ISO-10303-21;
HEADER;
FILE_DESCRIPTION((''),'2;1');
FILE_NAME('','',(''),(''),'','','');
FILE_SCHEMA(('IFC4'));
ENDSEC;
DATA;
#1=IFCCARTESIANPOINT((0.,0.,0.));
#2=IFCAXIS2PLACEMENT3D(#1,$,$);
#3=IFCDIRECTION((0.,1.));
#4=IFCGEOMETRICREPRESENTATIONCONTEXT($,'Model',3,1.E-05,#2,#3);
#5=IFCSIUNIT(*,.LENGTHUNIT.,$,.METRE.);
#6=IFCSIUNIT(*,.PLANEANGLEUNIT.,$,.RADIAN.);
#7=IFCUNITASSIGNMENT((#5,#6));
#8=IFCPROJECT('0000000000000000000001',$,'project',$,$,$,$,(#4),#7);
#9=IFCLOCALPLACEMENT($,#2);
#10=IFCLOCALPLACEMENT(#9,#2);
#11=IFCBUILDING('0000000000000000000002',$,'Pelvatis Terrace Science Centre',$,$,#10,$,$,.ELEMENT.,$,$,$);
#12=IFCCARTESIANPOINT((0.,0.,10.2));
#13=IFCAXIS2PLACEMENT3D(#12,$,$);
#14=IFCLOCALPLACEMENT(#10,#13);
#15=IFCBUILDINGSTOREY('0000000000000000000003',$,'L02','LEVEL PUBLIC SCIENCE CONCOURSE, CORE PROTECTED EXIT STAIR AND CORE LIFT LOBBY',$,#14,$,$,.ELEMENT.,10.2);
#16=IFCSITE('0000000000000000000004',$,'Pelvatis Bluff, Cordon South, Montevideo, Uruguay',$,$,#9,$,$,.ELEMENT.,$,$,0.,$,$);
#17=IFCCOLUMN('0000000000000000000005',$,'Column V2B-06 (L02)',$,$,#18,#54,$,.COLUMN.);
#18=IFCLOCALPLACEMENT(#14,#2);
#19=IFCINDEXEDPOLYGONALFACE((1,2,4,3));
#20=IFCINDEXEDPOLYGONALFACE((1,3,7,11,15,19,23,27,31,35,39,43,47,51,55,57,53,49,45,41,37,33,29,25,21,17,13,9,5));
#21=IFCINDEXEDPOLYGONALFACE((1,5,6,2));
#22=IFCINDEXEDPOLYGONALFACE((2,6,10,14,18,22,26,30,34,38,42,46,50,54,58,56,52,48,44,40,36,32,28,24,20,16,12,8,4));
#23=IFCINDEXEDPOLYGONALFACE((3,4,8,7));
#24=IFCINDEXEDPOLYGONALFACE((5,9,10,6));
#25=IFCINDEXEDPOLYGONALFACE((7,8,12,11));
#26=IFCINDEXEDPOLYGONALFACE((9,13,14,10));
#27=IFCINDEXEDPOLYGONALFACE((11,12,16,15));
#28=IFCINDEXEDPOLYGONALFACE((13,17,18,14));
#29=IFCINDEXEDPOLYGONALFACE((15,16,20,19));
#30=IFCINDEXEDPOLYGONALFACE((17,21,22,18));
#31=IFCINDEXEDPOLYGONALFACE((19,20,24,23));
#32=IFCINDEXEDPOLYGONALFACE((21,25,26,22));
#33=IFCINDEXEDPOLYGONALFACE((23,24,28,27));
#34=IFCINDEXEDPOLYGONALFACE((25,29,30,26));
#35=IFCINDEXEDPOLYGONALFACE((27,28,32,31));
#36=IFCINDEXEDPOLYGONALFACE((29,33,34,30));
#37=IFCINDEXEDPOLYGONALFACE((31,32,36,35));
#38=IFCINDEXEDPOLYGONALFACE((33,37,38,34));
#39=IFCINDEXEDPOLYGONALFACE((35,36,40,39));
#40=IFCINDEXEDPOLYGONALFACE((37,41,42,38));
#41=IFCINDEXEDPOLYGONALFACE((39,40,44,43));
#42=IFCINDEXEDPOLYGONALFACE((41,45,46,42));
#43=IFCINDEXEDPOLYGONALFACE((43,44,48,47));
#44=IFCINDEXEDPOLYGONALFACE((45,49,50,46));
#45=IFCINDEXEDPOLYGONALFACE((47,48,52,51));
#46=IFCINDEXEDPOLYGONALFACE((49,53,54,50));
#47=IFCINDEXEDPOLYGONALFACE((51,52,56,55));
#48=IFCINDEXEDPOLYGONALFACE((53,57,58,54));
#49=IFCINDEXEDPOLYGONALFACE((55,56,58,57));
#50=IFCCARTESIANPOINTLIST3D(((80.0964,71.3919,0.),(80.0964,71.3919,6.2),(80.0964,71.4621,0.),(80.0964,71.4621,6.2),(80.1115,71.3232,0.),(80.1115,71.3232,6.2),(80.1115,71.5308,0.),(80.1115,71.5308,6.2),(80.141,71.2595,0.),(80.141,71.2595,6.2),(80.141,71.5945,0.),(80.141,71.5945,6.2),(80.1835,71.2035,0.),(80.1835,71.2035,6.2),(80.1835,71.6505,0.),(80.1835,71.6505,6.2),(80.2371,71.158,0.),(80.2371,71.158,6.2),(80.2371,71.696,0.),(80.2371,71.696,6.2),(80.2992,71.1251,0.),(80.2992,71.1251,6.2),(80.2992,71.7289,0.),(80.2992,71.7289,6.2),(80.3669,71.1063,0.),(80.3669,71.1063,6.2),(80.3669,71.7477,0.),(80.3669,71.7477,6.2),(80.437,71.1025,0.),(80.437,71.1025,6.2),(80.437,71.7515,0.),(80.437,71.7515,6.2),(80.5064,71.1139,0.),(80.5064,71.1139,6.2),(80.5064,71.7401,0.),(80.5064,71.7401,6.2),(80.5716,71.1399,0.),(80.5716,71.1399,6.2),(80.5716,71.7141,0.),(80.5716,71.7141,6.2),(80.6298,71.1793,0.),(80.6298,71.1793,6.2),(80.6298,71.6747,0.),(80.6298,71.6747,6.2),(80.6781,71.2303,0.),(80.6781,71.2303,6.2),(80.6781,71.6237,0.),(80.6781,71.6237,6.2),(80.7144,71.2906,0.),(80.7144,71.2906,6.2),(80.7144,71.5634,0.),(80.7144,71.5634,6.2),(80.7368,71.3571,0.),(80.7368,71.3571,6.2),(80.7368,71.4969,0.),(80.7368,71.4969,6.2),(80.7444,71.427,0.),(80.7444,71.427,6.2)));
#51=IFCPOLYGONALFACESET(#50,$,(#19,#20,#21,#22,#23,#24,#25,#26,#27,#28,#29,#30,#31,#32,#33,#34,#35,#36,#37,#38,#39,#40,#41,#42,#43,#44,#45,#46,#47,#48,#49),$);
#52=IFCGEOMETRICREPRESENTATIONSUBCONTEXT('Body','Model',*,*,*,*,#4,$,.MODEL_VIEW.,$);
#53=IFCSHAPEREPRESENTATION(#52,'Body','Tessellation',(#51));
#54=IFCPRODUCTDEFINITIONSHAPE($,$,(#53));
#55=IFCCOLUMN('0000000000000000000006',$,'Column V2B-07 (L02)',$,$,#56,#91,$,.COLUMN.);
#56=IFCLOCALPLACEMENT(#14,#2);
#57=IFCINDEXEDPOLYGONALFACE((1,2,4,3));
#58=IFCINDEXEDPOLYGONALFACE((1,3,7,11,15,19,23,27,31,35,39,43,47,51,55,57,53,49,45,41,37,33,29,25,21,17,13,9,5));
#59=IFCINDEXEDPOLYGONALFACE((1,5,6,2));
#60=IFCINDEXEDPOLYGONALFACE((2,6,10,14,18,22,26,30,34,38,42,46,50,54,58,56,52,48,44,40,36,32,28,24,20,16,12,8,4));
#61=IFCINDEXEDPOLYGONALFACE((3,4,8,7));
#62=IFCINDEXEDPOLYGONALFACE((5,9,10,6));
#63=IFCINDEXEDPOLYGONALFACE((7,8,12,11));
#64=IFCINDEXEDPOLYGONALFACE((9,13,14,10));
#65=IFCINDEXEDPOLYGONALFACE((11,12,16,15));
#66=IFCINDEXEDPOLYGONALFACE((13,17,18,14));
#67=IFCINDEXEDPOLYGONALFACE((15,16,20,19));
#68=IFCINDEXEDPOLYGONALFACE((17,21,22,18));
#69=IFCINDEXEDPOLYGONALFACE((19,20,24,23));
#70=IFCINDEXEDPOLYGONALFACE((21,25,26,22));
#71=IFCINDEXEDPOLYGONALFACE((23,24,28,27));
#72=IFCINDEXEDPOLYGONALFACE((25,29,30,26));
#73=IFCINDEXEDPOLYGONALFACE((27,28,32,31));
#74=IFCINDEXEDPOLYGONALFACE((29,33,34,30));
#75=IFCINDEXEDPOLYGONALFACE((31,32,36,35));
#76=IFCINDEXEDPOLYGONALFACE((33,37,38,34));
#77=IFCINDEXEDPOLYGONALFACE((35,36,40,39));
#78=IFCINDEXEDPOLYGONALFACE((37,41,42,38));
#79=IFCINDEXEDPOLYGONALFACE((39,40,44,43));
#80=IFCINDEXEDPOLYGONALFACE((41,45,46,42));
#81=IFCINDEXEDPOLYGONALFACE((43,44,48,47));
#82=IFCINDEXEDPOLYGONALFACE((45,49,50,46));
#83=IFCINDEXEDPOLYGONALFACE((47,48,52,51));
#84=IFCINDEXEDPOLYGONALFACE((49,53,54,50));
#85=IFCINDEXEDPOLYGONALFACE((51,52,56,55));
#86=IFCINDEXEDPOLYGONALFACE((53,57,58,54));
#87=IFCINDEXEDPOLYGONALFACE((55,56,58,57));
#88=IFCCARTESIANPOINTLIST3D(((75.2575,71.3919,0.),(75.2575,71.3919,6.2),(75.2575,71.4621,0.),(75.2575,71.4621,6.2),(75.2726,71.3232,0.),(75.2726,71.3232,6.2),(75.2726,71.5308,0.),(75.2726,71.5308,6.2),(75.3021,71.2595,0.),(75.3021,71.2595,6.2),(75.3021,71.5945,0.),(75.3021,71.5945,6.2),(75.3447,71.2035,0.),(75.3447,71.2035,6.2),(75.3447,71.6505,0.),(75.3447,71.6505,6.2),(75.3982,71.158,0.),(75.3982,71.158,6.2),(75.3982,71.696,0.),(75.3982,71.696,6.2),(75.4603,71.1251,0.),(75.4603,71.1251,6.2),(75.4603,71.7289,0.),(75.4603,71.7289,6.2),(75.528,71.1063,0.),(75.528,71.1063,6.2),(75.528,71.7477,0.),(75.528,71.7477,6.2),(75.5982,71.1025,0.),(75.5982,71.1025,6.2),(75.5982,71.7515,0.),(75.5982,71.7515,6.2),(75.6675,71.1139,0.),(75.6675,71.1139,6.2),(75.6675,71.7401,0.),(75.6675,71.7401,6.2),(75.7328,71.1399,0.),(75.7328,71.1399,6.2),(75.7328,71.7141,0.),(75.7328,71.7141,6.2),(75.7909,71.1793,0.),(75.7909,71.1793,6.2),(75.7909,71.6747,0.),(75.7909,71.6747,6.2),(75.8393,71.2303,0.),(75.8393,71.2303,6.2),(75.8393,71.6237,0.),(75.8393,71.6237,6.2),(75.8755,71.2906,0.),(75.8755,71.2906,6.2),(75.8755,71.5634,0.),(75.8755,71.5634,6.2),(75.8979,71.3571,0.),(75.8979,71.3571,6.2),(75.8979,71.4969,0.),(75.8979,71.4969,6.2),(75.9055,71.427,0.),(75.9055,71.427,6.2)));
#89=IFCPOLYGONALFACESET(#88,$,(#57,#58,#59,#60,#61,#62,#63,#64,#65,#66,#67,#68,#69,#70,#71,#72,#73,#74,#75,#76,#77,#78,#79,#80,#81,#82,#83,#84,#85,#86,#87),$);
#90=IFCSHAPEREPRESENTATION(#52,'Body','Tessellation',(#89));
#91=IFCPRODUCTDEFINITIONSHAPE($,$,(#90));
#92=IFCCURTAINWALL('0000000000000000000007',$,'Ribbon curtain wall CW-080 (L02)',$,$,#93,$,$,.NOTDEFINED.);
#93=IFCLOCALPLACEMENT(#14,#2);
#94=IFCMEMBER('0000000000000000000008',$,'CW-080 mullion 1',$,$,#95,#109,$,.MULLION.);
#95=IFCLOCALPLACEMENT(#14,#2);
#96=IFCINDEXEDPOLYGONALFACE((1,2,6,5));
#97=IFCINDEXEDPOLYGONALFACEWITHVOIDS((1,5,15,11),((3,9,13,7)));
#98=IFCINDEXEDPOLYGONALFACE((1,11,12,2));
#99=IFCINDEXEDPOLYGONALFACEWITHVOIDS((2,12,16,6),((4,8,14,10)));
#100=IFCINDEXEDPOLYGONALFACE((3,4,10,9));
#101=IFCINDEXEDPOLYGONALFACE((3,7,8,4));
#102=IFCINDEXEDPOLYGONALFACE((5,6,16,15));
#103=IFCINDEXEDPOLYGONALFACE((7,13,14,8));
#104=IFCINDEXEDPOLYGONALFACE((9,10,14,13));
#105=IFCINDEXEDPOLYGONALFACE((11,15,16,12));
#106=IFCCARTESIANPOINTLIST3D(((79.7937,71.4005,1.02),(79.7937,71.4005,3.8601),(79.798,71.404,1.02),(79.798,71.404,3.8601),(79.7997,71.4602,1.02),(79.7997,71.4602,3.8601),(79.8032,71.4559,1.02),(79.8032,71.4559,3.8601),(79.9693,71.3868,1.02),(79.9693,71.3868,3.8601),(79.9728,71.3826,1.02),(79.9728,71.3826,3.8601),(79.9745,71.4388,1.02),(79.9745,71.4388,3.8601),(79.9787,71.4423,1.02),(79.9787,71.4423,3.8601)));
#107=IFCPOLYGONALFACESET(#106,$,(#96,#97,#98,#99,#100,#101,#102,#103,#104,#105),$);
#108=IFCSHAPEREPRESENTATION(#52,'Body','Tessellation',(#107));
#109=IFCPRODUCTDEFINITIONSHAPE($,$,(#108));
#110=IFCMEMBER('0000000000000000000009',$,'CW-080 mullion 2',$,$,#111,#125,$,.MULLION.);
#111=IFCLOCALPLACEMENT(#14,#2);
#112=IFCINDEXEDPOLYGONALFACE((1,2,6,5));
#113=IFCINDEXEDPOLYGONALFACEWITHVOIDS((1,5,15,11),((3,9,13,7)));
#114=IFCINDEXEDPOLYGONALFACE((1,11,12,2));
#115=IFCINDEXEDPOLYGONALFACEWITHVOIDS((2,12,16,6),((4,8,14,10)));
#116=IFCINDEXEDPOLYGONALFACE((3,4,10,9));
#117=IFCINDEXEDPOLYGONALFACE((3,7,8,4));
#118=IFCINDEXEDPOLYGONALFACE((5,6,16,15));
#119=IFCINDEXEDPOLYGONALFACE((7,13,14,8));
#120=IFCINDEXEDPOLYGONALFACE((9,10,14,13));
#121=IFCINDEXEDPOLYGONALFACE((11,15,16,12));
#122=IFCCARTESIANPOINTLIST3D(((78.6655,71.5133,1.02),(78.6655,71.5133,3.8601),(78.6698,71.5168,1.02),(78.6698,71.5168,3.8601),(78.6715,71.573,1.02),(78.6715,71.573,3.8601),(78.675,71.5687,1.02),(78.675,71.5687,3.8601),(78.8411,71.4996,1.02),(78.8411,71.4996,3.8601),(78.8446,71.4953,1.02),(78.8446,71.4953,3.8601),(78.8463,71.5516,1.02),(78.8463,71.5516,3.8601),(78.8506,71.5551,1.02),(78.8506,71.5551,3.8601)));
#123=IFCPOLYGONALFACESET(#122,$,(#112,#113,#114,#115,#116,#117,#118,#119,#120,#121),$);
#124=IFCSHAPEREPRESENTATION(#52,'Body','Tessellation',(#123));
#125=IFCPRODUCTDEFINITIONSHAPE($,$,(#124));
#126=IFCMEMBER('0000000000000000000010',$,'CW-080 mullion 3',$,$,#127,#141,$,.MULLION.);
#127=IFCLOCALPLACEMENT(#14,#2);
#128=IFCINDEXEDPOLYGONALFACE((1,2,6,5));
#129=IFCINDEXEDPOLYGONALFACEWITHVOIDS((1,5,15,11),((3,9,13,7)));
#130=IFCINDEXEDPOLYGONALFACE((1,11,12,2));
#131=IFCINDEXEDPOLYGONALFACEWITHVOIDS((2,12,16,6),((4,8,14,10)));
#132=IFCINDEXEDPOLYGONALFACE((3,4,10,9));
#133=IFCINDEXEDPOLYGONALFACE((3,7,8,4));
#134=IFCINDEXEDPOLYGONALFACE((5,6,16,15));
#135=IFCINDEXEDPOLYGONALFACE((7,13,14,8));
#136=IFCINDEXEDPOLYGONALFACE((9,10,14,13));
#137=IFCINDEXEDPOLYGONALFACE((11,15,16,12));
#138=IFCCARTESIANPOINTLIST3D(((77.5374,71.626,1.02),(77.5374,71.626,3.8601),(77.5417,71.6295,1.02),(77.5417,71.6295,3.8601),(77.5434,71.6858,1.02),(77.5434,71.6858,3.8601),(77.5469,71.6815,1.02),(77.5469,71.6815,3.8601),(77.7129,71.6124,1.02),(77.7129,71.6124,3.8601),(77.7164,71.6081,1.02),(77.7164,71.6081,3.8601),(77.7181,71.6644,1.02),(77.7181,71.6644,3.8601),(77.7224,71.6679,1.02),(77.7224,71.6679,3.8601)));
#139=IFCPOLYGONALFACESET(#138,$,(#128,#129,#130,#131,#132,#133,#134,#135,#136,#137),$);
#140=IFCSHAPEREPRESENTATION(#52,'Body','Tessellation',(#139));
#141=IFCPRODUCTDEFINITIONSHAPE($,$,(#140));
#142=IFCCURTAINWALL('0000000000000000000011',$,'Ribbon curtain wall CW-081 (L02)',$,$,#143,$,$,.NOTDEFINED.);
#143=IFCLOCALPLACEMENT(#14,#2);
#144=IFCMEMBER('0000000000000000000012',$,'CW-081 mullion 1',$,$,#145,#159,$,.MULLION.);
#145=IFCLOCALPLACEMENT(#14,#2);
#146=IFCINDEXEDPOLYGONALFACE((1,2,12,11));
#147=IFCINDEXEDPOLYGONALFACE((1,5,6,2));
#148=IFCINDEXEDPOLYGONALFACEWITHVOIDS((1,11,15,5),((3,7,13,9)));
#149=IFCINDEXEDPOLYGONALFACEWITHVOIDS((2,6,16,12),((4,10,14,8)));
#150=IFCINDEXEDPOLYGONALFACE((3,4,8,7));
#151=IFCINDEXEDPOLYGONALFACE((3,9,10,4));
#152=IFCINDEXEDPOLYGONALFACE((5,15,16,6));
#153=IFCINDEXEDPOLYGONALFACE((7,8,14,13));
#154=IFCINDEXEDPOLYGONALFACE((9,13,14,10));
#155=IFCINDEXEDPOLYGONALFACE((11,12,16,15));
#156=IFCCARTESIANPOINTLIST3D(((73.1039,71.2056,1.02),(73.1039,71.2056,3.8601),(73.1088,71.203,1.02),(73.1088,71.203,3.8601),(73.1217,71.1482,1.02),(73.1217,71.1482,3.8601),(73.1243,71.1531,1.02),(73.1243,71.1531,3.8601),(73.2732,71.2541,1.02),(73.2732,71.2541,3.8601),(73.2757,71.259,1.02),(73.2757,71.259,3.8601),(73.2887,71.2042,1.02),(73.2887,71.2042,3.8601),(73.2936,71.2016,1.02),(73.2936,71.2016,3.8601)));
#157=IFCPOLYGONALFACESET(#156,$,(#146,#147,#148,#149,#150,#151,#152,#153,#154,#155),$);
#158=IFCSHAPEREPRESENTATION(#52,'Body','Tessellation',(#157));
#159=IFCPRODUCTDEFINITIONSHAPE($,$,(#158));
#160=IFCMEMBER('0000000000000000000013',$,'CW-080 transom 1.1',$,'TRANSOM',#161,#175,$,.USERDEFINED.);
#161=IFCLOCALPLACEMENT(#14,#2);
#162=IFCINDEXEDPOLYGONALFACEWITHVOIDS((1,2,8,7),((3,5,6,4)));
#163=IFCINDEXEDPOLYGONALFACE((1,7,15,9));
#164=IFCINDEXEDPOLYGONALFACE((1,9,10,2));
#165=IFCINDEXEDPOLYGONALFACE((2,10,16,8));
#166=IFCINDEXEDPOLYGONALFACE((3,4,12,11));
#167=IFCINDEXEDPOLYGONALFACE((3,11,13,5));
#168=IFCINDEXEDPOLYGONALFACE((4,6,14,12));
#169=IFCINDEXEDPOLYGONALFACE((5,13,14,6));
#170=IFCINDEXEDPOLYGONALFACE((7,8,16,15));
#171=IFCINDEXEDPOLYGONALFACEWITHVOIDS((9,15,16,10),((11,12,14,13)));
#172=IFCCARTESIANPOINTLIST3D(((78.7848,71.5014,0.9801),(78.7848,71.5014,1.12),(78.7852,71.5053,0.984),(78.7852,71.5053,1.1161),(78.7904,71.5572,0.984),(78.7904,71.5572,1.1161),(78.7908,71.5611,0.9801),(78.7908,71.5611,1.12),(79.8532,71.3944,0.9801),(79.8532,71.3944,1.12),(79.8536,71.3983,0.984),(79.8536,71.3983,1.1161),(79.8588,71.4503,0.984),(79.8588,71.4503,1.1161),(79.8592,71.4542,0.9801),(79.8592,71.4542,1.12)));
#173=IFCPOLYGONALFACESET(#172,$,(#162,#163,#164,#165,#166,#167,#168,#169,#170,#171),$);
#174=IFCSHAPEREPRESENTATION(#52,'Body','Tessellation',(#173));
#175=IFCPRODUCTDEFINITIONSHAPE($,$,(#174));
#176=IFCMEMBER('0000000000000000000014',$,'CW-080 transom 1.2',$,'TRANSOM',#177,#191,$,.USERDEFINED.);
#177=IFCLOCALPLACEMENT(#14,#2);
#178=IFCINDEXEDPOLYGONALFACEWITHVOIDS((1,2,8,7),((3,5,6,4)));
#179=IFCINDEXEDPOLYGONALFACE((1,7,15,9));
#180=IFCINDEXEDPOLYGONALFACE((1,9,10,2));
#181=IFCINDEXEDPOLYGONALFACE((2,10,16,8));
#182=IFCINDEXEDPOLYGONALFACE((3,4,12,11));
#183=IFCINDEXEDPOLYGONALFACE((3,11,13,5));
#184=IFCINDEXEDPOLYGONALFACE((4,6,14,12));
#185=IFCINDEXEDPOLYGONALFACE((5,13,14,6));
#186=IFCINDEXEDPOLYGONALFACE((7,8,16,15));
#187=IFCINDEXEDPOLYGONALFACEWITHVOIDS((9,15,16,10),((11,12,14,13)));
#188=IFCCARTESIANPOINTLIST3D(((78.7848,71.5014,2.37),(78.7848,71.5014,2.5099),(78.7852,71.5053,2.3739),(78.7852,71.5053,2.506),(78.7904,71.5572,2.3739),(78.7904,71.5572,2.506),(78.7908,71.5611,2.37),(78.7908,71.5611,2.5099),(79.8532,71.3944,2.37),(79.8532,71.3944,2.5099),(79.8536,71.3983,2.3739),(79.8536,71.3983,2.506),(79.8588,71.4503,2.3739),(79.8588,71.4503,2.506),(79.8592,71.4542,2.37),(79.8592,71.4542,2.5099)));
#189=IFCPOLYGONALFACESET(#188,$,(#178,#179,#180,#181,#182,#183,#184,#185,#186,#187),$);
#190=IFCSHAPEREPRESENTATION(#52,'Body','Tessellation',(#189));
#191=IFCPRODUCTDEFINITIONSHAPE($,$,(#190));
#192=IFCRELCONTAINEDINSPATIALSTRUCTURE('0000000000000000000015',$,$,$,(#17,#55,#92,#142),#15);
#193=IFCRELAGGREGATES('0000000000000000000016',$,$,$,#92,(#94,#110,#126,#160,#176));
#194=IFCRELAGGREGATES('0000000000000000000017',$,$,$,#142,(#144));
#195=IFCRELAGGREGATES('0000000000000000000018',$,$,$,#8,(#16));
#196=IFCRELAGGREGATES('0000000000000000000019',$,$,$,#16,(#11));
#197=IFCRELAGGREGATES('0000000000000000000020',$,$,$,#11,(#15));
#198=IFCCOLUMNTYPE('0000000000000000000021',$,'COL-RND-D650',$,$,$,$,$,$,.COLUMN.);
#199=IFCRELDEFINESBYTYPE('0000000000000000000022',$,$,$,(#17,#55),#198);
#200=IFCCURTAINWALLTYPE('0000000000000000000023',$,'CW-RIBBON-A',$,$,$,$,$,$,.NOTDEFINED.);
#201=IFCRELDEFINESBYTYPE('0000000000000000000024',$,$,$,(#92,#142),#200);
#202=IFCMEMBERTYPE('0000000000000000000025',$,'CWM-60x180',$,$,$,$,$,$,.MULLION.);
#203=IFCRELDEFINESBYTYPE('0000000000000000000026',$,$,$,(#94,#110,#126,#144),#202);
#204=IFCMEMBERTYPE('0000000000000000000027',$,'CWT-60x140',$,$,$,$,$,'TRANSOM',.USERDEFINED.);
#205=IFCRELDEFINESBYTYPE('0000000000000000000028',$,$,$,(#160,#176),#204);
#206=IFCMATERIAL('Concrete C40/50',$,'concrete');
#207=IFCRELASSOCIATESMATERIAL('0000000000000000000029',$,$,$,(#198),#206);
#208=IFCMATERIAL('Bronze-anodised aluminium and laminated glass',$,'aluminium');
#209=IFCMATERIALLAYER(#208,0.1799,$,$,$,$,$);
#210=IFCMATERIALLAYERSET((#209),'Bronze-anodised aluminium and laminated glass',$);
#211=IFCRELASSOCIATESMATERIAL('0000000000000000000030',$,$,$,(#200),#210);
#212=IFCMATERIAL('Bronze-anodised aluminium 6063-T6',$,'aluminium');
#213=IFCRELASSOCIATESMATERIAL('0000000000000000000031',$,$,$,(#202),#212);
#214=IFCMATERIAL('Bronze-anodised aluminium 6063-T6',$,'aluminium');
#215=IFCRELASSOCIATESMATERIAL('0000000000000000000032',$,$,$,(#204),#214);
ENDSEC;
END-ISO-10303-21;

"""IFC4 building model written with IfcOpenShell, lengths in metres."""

from ifc_helpers import new_model, si_unit, direction, frame, origin, origin_2d, place, context, subcontext, project, spatial, hollow_rectangle, circle, extrude, material, layer, layer_set, material_profile, profile_set, type_object, element, aggregate, save


model = new_model("IFC4")

# Units and contexts
model_context = context("Model", 3, precision=1e-05, world=origin(), true_north=direction((0.0, 1.0)))
body_context = subcontext(model_context, "Body", "Model", "MODEL_VIEW")
ifc_project = project(units=[si_unit("LENGTHUNIT", "METRE"), si_unit("PLANEANGLEUNIT", "RADIAN")], contexts=[model_context])

# Site, building, storey
site_placement = place(None, origin())
site = spatial("IfcSite", under=ifc_project, at=site_placement, Name="Pelvatis Bluff, Cordon South, Montevideo, Uruguay", CompositionType="ELEMENT", RefElevation=0.0)
building_placement = place(site_placement, origin())
building = spatial("IfcBuilding", under=site, at=building_placement, Name="Pelvatis Terrace Science Centre", CompositionType="ELEMENT")
storey_placement = place(building_placement, frame((0.0, 0.0, 10.2)))
storey = spatial("IfcBuildingStorey", under=building, at=storey_placement, Name="L02", Description="LEVEL PUBLIC SCIENCE CONCOURSE, CORE PROTECTED EXIT STAIR AND CORE LIFT LOBBY", CompositionType="ELEMENT", Elevation=10.2)

# Columns
ifc_material_1 = material(Name="Concrete C40/50", Category="concrete")
ifc_material_profile_1 = material_profile(ifc_material_1, circle(Radius=0.325, at=origin_2d()), Name="RC-RCOL D650")
ifc_profile_set_1 = profile_set([ifc_material_profile_1], Name="Concrete C40/50")
column_type = type_object("IfcColumnType", Name="COL-RND-D650", PredefinedType="COLUMN", material=ifc_profile_set_1)
for number, where, z_axis, x_axis, name in (
    (1, (80.4194, 71.427, 0.0), (0.0, 0.0, 1.0), (1.0, 0.0, 0.0), "Column V2B-06 (L02)"),
    (2, (75.5806, 71.427, 0.0), (0.0, 0.0, 1.0), (1.0, 0.0, 0.0), "Column V2B-07 (L02)"),
):
    element("IfcColumn", number, at=place(storey_placement, frame(where, z_axis=z_axis, x_axis=x_axis)), inside=storey, type_object=column_type, Name=name, PredefinedType="COLUMN", context=body_context, shape_type="SweptSolid", body=[
        extrude(circle(Radius=0.325, at=origin_2d()), origin(), (0.0, 0.0, 1.0), 6.2),
    ])

# Curtain wall, members
ifc_material_2 = material(Name="Bronze-anodised aluminium and laminated glass", Category="aluminium")
ifc_layer_1 = layer(ifc_material_2, 0.1799)
ifc_layer_set_1 = layer_set([ifc_layer_1], Name="Bronze-anodised aluminium and laminated glass")
curtain_wall_type = type_object("IfcCurtainWallType", Name="CW-RIBBON-A", PredefinedType="NOTDEFINED", material=ifc_layer_set_1)
curtain_wall_1_placement = place(storey_placement, origin())
curtain_wall_1 = element("IfcCurtainWall", 3, at=curtain_wall_1_placement, inside=storey, type_object=curtain_wall_type, Name="Ribbon curtain wall CW-080 (L02)", PredefinedType="NOTDEFINED")
ifc_material_3 = material(Name="Bronze-anodised aluminium 6063-T6", Category="aluminium")
ifc_material_profile_2 = material_profile(ifc_material_3, hollow_rectangle(XDim=0.0601, YDim=0.1799, WallThickness=0.0039, at=origin_2d()), Name="ALU-MUL 60x180")
ifc_profile_set_2 = profile_set([ifc_material_profile_2], Name="Bronze-anodised aluminium 6063-T6")
member_type_1 = type_object("IfcMemberType", Name="CWM-60x180", PredefinedType="MULLION", material=ifc_profile_set_2)
member_1_placement = place(storey_placement, frame((79.8862, 71.4214, 1.02), z_axis=(0.0, 0.0, 1.0), x_axis=(-0.099546, -0.995033, 0.0)))
member_1 = element("IfcMember", 4, at=member_1_placement, type_object=member_type_1, Name="CW-080 mullion 1", PredefinedType="MULLION", context=body_context, shape_type="SweptSolid", body=[
    extrude(hollow_rectangle(XDim=0.0601, YDim=0.1799, WallThickness=0.0039, at=origin_2d()), origin(), (0.0, 0.0, 1.0), 2.8401),
])
member_2_placement = place(storey_placement, frame((78.7581, 71.5342, 1.02), z_axis=(0.0, 0.0, 1.0), x_axis=(-0.099546, -0.995033, 0.0)))
member_2 = element("IfcMember", 5, at=member_2_placement, type_object=member_type_1, Name="CW-080 mullion 2", PredefinedType="MULLION", context=body_context, shape_type="SweptSolid", body=[
    extrude(hollow_rectangle(XDim=0.0601, YDim=0.1799, WallThickness=0.0039, at=origin_2d()), origin(), (0.0, 0.0, 1.0), 2.8401),
])
member_3_placement = place(storey_placement, frame((77.6299, 71.647, 1.02), z_axis=(0.0, 0.0, 1.0), x_axis=(-0.099546, -0.995033, 0.0)))
member_3 = element("IfcMember", 6, at=member_3_placement, type_object=member_type_1, Name="CW-080 mullion 3", PredefinedType="MULLION", context=body_context, shape_type="SweptSolid", body=[
    extrude(hollow_rectangle(XDim=0.0601, YDim=0.1799, WallThickness=0.0039, at=origin_2d()), origin(), (0.0, 0.0, 1.0), 2.8401),
])

# Curtain wall, member
curtain_wall_2_placement = place(storey_placement, origin())
curtain_wall_2 = element("IfcCurtainWall", 7, at=curtain_wall_2_placement, inside=storey, type_object=curtain_wall_type, Name="Ribbon curtain wall CW-081 (L02)", PredefinedType="NOTDEFINED")
member_4_placement = place(storey_placement, frame((73.1987, 71.2036, 1.02), z_axis=(0.0, 0.0, 1.0), x_axis=(0.296733, -0.954961, 0.0)))
member_4 = element("IfcMember", 8, at=member_4_placement, type_object=member_type_1, Name="CW-081 mullion 1", PredefinedType="MULLION", context=body_context, shape_type="SweptSolid", body=[
    extrude(hollow_rectangle(XDim=0.0601, YDim=0.1799, WallThickness=0.0039, at=origin_2d()), origin(), (0.0, 0.0, 1.0), 2.8401),
])

# Members
ifc_material_4 = material(Name="Bronze-anodised aluminium 6063-T6", Category="aluminium")
ifc_material_profile_3 = material_profile(ifc_material_4, hollow_rectangle(XDim=0.0601, YDim=0.1399, WallThickness=0.0039, at=origin_2d()), Name="ALU-TRN 60x140")
ifc_profile_set_3 = profile_set([ifc_material_profile_3], Name="Bronze-anodised aluminium 6063-T6")
member_type_2 = type_object("IfcMemberType", Name="CWT-60x140", ElementType="TRANSOM", PredefinedType="USERDEFINED", material=ifc_profile_set_3)
member_5_placement = place(storey_placement, frame((79.8562, 71.4243, 1.05), z_axis=(-0.995028, 0.099594, 0.0), x_axis=(-0.099594, -0.995028, 0.0)))
member_5 = element("IfcMember", 9, at=member_5_placement, type_object=member_type_2, Name="CW-080 transom 1.1", ObjectType="TRANSOM", PredefinedType="USERDEFINED", context=body_context, shape_type="SweptSolid", body=[
    extrude(hollow_rectangle(XDim=0.0601, YDim=0.1399, WallThickness=0.0039, at=origin_2d()), origin(), (0.0, 0.0, 1.0), 1.0737),
])
member_6_placement = place(storey_placement, frame((79.8562, 71.4243, 2.4399), z_axis=(-0.995028, 0.099594, 0.0), x_axis=(-0.099594, -0.995028, 0.0)))
member_6 = element("IfcMember", 10, at=member_6_placement, type_object=member_type_2, Name="CW-080 transom 1.2", ObjectType="TRANSOM", PredefinedType="USERDEFINED", context=body_context, shape_type="SweptSolid", body=[
    extrude(hollow_rectangle(XDim=0.0601, YDim=0.1399, WallThickness=0.0039, at=origin_2d()), origin(), (0.0, 0.0, 1.0), 1.0737),
])

aggregate(curtain_wall_1, [member_1, member_2, member_3, member_5, member_6])
aggregate(curtain_wall_2, [member_4])

save(model, "model.ifc")
